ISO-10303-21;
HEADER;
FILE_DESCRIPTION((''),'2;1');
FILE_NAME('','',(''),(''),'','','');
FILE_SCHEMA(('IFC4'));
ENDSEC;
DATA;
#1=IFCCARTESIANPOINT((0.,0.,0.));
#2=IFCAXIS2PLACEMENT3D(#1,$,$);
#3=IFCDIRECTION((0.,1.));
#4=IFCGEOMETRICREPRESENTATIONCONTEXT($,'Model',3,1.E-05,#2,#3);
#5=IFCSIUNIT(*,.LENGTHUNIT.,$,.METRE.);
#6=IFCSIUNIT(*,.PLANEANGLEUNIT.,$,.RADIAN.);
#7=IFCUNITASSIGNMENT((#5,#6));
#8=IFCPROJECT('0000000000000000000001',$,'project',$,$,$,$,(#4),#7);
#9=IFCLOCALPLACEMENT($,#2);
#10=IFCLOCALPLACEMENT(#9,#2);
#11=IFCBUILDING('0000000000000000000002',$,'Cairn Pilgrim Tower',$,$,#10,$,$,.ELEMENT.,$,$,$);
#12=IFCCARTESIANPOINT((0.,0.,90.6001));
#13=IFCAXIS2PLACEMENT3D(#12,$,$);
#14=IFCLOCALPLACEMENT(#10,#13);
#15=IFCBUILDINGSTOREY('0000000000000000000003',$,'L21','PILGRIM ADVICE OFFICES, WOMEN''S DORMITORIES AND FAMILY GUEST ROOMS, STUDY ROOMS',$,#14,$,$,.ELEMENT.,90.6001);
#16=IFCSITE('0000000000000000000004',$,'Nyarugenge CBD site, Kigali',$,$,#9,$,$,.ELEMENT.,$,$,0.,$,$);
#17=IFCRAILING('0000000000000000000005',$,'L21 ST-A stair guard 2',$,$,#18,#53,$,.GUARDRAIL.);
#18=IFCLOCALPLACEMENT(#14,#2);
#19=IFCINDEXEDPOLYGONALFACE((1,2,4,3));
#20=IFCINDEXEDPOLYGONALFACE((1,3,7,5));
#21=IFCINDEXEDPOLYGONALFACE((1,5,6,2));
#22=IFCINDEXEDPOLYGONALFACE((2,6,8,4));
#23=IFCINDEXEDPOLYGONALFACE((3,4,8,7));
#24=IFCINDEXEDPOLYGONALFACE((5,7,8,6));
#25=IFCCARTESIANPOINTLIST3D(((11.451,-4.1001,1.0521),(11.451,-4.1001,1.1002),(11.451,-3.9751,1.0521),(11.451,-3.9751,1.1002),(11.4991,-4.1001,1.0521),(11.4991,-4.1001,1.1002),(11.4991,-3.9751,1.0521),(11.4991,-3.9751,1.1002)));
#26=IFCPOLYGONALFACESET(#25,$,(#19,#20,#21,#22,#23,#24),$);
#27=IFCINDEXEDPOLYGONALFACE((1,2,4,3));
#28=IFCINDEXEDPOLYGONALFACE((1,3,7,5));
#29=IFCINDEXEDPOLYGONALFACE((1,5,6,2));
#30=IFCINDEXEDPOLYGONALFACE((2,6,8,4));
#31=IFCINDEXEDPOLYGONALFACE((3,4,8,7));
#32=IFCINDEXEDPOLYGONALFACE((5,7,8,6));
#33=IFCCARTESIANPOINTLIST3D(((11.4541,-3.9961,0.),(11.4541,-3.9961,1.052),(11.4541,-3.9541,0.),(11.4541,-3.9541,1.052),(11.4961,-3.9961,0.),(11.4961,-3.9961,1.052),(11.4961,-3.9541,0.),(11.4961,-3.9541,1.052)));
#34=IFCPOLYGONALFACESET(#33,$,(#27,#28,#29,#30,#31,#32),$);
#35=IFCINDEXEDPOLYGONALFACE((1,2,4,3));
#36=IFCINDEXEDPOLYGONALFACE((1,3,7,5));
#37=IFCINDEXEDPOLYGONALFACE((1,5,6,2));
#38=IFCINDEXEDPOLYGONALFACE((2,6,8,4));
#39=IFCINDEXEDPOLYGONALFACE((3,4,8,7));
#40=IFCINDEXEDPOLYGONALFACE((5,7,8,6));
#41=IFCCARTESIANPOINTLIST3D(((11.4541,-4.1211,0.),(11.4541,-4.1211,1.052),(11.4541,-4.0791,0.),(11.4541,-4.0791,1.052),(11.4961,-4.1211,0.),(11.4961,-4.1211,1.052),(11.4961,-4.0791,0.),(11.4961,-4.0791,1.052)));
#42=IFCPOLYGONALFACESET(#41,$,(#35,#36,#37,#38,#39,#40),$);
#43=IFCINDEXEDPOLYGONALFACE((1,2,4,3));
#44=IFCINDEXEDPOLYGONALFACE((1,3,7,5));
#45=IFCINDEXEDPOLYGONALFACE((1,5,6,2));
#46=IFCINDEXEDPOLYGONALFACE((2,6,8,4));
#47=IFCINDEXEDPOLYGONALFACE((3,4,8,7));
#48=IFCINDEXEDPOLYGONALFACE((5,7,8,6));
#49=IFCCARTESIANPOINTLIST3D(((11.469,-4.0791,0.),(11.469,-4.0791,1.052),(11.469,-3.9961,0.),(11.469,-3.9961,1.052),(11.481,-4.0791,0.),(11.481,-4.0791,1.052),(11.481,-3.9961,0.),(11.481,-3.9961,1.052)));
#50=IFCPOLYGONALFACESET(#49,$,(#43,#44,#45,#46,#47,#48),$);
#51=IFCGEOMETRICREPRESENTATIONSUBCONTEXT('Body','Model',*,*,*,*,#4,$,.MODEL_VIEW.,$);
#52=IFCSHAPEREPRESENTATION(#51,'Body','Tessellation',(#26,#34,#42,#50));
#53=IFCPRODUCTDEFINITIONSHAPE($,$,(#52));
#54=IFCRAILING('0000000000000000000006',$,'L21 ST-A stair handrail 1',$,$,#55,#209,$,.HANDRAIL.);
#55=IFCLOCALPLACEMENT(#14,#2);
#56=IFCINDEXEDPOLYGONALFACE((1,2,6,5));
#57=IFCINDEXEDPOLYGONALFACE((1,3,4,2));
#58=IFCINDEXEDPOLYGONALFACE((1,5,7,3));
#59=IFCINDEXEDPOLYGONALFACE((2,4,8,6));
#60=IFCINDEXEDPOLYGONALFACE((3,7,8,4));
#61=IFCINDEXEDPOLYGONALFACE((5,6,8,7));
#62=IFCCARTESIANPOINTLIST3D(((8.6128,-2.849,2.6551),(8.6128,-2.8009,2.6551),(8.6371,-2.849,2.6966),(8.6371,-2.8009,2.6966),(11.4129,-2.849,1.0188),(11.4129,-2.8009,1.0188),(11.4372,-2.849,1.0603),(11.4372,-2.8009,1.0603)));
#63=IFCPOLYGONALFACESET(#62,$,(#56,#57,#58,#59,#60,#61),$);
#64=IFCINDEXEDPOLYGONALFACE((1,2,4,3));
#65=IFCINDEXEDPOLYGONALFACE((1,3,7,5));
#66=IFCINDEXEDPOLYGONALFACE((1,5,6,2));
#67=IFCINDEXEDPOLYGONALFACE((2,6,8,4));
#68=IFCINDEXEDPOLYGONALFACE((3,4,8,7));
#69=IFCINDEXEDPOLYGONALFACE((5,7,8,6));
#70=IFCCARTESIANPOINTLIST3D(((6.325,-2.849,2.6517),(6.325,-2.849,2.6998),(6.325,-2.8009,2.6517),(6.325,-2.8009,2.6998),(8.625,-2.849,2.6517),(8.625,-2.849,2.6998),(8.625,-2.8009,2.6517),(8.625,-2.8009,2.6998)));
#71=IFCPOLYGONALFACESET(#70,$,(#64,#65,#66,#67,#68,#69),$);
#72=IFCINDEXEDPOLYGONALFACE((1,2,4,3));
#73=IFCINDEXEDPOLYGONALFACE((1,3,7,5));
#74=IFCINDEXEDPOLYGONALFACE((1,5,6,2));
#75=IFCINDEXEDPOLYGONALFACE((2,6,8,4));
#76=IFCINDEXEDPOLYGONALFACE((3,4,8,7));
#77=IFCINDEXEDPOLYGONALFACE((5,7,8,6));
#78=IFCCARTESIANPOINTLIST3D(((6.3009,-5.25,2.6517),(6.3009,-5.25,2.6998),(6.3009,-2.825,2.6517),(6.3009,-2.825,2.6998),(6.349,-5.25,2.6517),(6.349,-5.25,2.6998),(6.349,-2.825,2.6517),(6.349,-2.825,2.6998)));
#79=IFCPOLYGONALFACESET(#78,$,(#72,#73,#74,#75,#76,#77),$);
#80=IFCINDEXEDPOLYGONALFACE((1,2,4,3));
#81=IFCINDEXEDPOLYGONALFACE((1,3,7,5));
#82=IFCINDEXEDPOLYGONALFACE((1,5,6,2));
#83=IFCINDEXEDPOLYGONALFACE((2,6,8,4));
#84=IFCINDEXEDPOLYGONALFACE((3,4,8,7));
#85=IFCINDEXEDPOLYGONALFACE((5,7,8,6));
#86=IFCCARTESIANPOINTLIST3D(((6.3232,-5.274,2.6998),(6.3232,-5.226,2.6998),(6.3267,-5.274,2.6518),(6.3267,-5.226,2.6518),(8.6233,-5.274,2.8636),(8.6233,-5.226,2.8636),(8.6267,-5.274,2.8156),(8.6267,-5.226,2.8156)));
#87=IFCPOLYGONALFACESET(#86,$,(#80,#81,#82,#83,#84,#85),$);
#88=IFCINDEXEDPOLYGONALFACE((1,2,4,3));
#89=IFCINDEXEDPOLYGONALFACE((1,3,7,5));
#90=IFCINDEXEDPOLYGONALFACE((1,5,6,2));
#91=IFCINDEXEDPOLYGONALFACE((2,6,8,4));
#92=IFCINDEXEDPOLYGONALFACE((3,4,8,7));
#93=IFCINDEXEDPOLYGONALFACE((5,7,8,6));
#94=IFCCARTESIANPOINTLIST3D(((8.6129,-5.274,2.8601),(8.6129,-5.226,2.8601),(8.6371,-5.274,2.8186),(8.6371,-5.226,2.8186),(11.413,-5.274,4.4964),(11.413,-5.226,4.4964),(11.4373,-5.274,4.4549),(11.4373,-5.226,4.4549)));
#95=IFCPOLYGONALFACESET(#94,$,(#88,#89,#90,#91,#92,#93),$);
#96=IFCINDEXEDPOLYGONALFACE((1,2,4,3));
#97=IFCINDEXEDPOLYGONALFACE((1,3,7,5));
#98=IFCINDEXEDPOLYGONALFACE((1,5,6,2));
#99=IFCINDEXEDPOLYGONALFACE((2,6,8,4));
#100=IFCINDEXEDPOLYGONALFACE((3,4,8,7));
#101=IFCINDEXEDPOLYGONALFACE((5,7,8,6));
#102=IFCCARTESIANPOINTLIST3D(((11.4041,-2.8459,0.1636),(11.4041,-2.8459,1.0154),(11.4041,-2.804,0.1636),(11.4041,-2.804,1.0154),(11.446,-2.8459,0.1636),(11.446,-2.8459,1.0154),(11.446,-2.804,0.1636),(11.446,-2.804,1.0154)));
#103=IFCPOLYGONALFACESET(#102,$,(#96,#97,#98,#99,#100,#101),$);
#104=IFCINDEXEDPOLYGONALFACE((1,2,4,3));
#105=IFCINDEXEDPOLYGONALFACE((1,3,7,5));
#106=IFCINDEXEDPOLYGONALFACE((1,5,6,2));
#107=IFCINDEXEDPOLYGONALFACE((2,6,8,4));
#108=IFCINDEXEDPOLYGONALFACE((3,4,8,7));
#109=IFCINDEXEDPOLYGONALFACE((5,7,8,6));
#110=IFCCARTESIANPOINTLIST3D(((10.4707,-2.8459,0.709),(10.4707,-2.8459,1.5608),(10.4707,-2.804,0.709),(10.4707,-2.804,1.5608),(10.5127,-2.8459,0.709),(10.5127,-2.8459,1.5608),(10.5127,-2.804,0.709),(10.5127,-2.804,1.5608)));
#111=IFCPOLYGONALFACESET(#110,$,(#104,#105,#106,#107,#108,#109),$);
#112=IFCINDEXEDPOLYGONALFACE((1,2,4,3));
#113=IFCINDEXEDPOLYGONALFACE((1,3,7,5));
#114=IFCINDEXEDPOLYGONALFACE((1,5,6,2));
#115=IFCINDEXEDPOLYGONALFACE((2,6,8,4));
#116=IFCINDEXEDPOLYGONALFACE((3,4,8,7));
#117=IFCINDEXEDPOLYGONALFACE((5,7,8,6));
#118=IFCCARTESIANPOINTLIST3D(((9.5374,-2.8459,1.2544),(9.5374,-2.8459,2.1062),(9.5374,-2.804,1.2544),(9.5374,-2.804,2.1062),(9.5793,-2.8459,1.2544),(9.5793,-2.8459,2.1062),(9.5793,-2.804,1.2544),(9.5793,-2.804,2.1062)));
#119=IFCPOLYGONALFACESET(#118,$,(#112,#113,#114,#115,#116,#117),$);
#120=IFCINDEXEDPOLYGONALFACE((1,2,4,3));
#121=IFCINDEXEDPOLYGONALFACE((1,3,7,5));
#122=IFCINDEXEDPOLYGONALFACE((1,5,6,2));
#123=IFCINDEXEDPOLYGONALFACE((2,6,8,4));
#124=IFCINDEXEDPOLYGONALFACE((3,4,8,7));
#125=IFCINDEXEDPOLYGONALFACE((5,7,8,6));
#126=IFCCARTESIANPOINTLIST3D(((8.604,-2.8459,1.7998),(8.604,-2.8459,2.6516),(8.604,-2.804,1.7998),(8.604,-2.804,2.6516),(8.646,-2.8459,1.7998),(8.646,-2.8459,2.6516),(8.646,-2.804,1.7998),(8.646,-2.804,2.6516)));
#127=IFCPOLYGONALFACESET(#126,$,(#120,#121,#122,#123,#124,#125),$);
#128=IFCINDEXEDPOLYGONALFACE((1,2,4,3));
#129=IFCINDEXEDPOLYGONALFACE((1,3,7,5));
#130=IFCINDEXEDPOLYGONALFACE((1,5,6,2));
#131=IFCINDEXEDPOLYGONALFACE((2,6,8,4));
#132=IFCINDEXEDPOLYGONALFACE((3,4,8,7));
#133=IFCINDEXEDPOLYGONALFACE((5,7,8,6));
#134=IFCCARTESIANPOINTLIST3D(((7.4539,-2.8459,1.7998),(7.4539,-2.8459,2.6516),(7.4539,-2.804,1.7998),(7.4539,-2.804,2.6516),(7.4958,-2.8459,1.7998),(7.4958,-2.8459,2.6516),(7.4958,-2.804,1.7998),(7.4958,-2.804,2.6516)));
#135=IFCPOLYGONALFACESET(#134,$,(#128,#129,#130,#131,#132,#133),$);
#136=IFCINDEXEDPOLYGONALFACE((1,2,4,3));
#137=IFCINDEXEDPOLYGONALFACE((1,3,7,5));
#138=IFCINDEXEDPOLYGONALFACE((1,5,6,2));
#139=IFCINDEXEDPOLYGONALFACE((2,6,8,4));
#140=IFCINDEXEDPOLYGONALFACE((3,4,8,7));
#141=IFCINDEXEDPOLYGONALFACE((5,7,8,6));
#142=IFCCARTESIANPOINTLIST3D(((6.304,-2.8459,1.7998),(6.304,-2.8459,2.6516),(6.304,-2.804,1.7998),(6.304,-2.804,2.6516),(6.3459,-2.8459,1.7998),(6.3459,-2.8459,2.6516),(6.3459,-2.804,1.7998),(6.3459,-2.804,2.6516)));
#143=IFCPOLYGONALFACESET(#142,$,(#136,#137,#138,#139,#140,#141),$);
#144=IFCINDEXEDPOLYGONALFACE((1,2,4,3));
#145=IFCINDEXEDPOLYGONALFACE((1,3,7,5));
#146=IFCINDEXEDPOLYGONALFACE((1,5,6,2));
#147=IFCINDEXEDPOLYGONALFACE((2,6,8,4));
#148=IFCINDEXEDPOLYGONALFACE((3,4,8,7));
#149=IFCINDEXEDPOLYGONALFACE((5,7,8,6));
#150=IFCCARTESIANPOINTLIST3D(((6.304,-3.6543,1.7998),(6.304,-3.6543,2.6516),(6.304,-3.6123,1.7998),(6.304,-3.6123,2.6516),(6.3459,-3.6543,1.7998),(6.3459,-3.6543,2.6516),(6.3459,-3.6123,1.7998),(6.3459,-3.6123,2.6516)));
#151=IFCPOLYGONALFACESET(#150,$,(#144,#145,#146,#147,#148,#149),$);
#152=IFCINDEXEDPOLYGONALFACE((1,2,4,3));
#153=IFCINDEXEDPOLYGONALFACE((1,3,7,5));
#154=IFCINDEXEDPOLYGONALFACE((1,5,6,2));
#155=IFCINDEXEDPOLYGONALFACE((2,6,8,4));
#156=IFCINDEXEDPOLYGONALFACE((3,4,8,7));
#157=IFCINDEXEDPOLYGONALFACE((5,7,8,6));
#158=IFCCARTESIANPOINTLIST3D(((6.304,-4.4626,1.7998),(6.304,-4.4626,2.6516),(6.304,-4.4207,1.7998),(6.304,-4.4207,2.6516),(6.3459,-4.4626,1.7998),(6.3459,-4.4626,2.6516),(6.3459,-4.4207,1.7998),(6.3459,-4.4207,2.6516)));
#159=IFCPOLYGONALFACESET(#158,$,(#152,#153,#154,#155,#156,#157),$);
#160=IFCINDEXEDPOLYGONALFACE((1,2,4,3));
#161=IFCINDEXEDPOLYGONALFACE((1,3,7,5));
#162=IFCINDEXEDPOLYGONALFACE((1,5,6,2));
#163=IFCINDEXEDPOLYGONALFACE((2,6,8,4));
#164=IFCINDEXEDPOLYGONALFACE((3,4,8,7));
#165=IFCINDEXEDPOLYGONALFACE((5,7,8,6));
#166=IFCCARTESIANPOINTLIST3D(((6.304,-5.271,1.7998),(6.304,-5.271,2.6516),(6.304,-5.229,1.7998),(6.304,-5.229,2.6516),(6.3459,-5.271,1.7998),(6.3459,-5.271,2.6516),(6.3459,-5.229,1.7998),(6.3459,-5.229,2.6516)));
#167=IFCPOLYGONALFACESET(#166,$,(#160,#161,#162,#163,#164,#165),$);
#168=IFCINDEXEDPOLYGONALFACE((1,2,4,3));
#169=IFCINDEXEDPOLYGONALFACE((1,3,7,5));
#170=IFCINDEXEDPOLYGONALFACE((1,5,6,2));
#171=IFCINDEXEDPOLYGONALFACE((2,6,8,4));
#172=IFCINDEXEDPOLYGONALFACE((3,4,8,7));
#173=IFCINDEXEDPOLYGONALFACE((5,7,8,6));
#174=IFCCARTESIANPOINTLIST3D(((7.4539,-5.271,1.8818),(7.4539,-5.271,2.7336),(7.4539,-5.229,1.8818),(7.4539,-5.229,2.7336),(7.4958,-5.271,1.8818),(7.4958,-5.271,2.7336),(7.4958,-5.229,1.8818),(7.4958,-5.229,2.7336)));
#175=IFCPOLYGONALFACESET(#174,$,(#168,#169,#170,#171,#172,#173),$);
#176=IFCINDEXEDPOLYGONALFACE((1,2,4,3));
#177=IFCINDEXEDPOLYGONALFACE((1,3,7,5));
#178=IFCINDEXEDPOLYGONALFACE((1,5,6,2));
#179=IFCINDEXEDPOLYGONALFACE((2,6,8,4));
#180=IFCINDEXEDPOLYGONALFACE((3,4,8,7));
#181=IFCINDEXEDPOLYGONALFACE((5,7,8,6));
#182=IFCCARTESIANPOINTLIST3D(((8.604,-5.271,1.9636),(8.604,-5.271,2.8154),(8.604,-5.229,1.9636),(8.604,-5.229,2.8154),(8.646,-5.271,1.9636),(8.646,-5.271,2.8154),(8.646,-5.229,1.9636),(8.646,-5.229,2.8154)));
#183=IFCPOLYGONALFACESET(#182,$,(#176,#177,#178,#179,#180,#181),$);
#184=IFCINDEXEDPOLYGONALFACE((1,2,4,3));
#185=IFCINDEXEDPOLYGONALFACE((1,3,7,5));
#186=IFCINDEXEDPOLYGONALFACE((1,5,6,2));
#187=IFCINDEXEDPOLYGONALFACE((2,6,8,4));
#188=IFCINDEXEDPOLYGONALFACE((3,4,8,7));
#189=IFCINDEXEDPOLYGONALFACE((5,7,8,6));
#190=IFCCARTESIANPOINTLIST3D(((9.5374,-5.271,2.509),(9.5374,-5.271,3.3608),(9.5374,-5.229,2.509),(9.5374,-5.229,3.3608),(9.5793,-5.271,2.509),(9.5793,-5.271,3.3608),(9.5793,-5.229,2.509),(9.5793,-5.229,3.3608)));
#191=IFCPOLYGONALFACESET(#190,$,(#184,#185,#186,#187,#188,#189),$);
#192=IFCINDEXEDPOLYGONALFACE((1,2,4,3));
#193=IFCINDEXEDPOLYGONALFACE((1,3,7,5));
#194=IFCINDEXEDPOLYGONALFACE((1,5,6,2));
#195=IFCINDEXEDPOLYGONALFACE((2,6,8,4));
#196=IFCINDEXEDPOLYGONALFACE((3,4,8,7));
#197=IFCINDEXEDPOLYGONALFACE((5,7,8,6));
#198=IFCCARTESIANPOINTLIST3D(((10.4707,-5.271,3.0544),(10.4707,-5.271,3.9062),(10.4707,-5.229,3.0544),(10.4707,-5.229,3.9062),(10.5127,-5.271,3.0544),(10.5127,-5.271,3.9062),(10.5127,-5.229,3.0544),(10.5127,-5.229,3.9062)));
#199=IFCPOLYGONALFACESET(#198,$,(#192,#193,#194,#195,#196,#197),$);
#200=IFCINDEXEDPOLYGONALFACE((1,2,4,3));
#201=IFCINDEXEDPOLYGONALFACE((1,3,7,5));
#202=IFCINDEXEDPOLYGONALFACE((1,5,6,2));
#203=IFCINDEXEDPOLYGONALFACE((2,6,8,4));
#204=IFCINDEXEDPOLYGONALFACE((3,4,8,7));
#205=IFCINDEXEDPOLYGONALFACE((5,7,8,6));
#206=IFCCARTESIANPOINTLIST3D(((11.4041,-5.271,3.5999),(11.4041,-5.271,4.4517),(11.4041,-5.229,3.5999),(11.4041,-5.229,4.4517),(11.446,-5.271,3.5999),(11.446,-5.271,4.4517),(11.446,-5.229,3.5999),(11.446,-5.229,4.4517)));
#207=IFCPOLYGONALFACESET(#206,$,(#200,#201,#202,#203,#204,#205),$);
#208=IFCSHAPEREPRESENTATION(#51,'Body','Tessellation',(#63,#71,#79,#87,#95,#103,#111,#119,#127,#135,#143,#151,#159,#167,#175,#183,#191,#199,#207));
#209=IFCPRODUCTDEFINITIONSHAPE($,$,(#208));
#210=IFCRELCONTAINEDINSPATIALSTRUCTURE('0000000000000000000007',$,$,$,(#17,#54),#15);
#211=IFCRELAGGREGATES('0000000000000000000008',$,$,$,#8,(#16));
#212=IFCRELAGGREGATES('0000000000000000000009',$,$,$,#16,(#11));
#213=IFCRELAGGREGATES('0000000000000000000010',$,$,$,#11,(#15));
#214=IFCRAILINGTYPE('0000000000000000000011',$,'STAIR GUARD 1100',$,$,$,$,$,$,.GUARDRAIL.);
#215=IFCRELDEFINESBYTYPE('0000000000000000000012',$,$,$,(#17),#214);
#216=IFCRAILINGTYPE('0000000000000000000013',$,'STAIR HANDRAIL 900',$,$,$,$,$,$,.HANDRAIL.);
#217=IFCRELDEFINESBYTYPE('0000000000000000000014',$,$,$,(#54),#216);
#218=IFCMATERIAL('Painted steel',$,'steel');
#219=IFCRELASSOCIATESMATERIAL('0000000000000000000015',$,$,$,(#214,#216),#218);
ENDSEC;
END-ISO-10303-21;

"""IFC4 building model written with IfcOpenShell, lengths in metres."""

from ifc_helpers import new_model, si_unit, direction, frame, origin, origin_2d, place, context, subcontext, project, spatial, polyline, rectangle, outline, extrude, material, type_object, element, save


model = new_model("IFC4")

# Units and contexts
model_context = context("Model", 3, precision=1e-05, world=origin(), true_north=direction((0.0, 1.0)))
body_context = subcontext(model_context, "Body", "Model", "MODEL_VIEW")
ifc_project = project(units=[si_unit("LENGTHUNIT", "METRE"), si_unit("PLANEANGLEUNIT", "RADIAN")], contexts=[model_context])

# Site, building, storey
site_placement = place(None, origin())
site = spatial("IfcSite", under=ifc_project, at=site_placement, Name="Nyarugenge CBD site, Kigali", CompositionType="ELEMENT", RefElevation=0.0)
building_placement = place(site_placement, origin())
building = spatial("IfcBuilding", under=site, at=building_placement, Name="Cairn Pilgrim Tower", CompositionType="ELEMENT")
storey_placement = place(building_placement, frame((0.0, 0.0, 90.6001)))
storey = spatial("IfcBuildingStorey", under=building, at=storey_placement, Name="L21", Description="PILGRIM ADVICE OFFICES, WOMEN'S DORMITORIES AND FAMILY GUEST ROOMS, STUDY ROOMS", CompositionType="ELEMENT", Elevation=90.6001)

# Shared definitions
ifc_material_1 = material(Name="Painted steel", Category="steel")

# Railings
railing_type_1 = type_object("IfcRailingType", Name="STAIR GUARD 1100", PredefinedType="GUARDRAIL", material=ifc_material_1)
railing_1_placement = place(storey_placement, frame((11.4751, -3.9751, 0.0)))
element("IfcRailing", 1, at=railing_1_placement, inside=storey, type_object=railing_type_1, Name="L21 ST-A stair guard 2", PredefinedType="GUARDRAIL", context=body_context, shape_type="SweptSolid", body=[
    extrude(rectangle(XDim=0.0481, YDim=0.0481, at=origin_2d()), frame((0.0, 0.0, 1.0762), z_axis=(0.0, -1.0, 0.0), x_axis=(1.0, 0.0, 0.0)), (0.0, 0.0, 1.0), 0.125),
    extrude(rectangle(XDim=0.042, YDim=0.042, at=origin_2d()), origin(), (0.0, 0.0, 1.0), 1.052),
    extrude(rectangle(XDim=0.042, YDim=0.042, at=origin_2d()), frame((0.0, -0.125, 0.0)), (0.0, 0.0, 1.0), 1.052),
    extrude(outline(polyline([(0.021, 0.0), (0.104, 0.0), (0.104, 1.052), (0.021, 1.052), (0.021, 0.0)])), frame((0.0059, 0.0, 0.0), z_axis=(-1.0, 0.0, 0.0), x_axis=(0.0, -1.0, 0.0)), (0.0, 0.0, 1.0), 0.012),
])
railing_type_2 = type_object("IfcRailingType", Name="STAIR HANDRAIL 900", PredefinedType="HANDRAIL", material=ifc_material_1)
railing_2_placement = place(storey_placement, frame((11.425, -2.825, 0.1636)))
element("IfcRailing", 2, at=railing_2_placement, inside=storey, type_object=railing_type_2, Name="L21 ST-A stair handrail 1", PredefinedType="HANDRAIL", context=body_context, shape_type="SweptSolid", body=[
    extrude(rectangle(XDim=0.0481, YDim=0.0481, at=origin_2d()), frame((0.0, 0.0, 0.876), z_axis=(-0.863394, 0.0, 0.504531), x_axis=(0.0, -1.0, 0.0)), (0.0, 0.0, 1.0), 3.2432),
    extrude(rectangle(XDim=0.0481, YDim=0.0481, at=origin_2d()), frame((-2.8, 0.0, 2.5122), z_axis=(-1.0, 0.0, 0.0), x_axis=(0.0, -1.0, 0.0)), (0.0, 0.0, 1.0), 2.3),
    extrude(rectangle(XDim=0.0481, YDim=0.0481, at=origin_2d()), frame((-5.1001, 0.0, 2.5122), z_axis=(0.0, -1.0, 0.0), x_axis=(1.0, 0.0, 0.0)), (0.0, 0.0, 1.0), 2.425),
    extrude(rectangle(XDim=0.0481, YDim=0.0481, at=origin_2d()), frame((-5.1001, -2.425, 2.5122), z_axis=(0.997473, 0.0, 0.071044), x_axis=(0.0, 1.0, 0.0)), (0.0, 0.0, 1.0), 2.3059),
    extrude(rectangle(XDim=0.0481, YDim=0.0481, at=origin_2d()), frame((-2.8, -2.425, 2.6758), z_axis=(0.863394, 0.0, 0.504531), x_axis=(0.0, 1.0, 0.0)), (0.0, 0.0, 1.0), 3.2432),
    extrude(rectangle(XDim=0.042, YDim=0.042, at=origin_2d()), origin(), (0.0, 0.0, 1.0), 0.8518),
    extrude(rectangle(XDim=0.042, YDim=0.042, at=origin_2d()), frame((-0.9333, 0.0, 0.5454)), (0.0, 0.0, 1.0), 0.8518),
    extrude(rectangle(XDim=0.042, YDim=0.042, at=origin_2d()), frame((-1.8667, 0.0, 1.0908)), (0.0, 0.0, 1.0), 0.8518),
    extrude(rectangle(XDim=0.042, YDim=0.042, at=origin_2d()), frame((-2.8, 0.0, 1.6362)), (0.0, 0.0, 1.0), 0.8518),
    extrude(rectangle(XDim=0.042, YDim=0.042, at=origin_2d()), frame((-3.9502, 0.0, 1.6362)), (0.0, 0.0, 1.0), 0.8518),
    extrude(rectangle(XDim=0.042, YDim=0.042, at=origin_2d()), frame((-5.1001, 0.0, 1.6362)), (0.0, 0.0, 1.0), 0.8518),
    extrude(rectangle(XDim=0.042, YDim=0.042, at=origin_2d()), frame((-5.1001, -0.8083, 1.6362)), (0.0, 0.0, 1.0), 0.8518),
    extrude(rectangle(XDim=0.042, YDim=0.042, at=origin_2d()), frame((-5.1001, -1.6167, 1.6362)), (0.0, 0.0, 1.0), 0.8518),
    extrude(rectangle(XDim=0.042, YDim=0.042, at=origin_2d()), frame((-5.1001, -2.425, 1.6362)), (0.0, 0.0, 1.0), 0.8518),
    extrude(rectangle(XDim=0.042, YDim=0.042, at=origin_2d()), frame((-3.9502, -2.425, 1.7183)), (0.0, 0.0, 1.0), 0.8518),
    extrude(rectangle(XDim=0.042, YDim=0.042, at=origin_2d()), frame((-2.8, -2.425, 1.8)), (0.0, 0.0, 1.0), 0.8518),
    extrude(rectangle(XDim=0.042, YDim=0.042, at=origin_2d()), frame((-1.8667, -2.425, 2.3455)), (0.0, 0.0, 1.0), 0.8518),
    extrude(rectangle(XDim=0.042, YDim=0.042, at=origin_2d()), frame((-0.9333, -2.425, 2.8909)), (0.0, 0.0, 1.0), 0.8518),
    extrude(rectangle(XDim=0.042, YDim=0.042, at=origin_2d()), frame((0.0, -2.425, 3.4363)), (0.0, 0.0, 1.0), 0.8518),
])

save(model, "model.ifc")
